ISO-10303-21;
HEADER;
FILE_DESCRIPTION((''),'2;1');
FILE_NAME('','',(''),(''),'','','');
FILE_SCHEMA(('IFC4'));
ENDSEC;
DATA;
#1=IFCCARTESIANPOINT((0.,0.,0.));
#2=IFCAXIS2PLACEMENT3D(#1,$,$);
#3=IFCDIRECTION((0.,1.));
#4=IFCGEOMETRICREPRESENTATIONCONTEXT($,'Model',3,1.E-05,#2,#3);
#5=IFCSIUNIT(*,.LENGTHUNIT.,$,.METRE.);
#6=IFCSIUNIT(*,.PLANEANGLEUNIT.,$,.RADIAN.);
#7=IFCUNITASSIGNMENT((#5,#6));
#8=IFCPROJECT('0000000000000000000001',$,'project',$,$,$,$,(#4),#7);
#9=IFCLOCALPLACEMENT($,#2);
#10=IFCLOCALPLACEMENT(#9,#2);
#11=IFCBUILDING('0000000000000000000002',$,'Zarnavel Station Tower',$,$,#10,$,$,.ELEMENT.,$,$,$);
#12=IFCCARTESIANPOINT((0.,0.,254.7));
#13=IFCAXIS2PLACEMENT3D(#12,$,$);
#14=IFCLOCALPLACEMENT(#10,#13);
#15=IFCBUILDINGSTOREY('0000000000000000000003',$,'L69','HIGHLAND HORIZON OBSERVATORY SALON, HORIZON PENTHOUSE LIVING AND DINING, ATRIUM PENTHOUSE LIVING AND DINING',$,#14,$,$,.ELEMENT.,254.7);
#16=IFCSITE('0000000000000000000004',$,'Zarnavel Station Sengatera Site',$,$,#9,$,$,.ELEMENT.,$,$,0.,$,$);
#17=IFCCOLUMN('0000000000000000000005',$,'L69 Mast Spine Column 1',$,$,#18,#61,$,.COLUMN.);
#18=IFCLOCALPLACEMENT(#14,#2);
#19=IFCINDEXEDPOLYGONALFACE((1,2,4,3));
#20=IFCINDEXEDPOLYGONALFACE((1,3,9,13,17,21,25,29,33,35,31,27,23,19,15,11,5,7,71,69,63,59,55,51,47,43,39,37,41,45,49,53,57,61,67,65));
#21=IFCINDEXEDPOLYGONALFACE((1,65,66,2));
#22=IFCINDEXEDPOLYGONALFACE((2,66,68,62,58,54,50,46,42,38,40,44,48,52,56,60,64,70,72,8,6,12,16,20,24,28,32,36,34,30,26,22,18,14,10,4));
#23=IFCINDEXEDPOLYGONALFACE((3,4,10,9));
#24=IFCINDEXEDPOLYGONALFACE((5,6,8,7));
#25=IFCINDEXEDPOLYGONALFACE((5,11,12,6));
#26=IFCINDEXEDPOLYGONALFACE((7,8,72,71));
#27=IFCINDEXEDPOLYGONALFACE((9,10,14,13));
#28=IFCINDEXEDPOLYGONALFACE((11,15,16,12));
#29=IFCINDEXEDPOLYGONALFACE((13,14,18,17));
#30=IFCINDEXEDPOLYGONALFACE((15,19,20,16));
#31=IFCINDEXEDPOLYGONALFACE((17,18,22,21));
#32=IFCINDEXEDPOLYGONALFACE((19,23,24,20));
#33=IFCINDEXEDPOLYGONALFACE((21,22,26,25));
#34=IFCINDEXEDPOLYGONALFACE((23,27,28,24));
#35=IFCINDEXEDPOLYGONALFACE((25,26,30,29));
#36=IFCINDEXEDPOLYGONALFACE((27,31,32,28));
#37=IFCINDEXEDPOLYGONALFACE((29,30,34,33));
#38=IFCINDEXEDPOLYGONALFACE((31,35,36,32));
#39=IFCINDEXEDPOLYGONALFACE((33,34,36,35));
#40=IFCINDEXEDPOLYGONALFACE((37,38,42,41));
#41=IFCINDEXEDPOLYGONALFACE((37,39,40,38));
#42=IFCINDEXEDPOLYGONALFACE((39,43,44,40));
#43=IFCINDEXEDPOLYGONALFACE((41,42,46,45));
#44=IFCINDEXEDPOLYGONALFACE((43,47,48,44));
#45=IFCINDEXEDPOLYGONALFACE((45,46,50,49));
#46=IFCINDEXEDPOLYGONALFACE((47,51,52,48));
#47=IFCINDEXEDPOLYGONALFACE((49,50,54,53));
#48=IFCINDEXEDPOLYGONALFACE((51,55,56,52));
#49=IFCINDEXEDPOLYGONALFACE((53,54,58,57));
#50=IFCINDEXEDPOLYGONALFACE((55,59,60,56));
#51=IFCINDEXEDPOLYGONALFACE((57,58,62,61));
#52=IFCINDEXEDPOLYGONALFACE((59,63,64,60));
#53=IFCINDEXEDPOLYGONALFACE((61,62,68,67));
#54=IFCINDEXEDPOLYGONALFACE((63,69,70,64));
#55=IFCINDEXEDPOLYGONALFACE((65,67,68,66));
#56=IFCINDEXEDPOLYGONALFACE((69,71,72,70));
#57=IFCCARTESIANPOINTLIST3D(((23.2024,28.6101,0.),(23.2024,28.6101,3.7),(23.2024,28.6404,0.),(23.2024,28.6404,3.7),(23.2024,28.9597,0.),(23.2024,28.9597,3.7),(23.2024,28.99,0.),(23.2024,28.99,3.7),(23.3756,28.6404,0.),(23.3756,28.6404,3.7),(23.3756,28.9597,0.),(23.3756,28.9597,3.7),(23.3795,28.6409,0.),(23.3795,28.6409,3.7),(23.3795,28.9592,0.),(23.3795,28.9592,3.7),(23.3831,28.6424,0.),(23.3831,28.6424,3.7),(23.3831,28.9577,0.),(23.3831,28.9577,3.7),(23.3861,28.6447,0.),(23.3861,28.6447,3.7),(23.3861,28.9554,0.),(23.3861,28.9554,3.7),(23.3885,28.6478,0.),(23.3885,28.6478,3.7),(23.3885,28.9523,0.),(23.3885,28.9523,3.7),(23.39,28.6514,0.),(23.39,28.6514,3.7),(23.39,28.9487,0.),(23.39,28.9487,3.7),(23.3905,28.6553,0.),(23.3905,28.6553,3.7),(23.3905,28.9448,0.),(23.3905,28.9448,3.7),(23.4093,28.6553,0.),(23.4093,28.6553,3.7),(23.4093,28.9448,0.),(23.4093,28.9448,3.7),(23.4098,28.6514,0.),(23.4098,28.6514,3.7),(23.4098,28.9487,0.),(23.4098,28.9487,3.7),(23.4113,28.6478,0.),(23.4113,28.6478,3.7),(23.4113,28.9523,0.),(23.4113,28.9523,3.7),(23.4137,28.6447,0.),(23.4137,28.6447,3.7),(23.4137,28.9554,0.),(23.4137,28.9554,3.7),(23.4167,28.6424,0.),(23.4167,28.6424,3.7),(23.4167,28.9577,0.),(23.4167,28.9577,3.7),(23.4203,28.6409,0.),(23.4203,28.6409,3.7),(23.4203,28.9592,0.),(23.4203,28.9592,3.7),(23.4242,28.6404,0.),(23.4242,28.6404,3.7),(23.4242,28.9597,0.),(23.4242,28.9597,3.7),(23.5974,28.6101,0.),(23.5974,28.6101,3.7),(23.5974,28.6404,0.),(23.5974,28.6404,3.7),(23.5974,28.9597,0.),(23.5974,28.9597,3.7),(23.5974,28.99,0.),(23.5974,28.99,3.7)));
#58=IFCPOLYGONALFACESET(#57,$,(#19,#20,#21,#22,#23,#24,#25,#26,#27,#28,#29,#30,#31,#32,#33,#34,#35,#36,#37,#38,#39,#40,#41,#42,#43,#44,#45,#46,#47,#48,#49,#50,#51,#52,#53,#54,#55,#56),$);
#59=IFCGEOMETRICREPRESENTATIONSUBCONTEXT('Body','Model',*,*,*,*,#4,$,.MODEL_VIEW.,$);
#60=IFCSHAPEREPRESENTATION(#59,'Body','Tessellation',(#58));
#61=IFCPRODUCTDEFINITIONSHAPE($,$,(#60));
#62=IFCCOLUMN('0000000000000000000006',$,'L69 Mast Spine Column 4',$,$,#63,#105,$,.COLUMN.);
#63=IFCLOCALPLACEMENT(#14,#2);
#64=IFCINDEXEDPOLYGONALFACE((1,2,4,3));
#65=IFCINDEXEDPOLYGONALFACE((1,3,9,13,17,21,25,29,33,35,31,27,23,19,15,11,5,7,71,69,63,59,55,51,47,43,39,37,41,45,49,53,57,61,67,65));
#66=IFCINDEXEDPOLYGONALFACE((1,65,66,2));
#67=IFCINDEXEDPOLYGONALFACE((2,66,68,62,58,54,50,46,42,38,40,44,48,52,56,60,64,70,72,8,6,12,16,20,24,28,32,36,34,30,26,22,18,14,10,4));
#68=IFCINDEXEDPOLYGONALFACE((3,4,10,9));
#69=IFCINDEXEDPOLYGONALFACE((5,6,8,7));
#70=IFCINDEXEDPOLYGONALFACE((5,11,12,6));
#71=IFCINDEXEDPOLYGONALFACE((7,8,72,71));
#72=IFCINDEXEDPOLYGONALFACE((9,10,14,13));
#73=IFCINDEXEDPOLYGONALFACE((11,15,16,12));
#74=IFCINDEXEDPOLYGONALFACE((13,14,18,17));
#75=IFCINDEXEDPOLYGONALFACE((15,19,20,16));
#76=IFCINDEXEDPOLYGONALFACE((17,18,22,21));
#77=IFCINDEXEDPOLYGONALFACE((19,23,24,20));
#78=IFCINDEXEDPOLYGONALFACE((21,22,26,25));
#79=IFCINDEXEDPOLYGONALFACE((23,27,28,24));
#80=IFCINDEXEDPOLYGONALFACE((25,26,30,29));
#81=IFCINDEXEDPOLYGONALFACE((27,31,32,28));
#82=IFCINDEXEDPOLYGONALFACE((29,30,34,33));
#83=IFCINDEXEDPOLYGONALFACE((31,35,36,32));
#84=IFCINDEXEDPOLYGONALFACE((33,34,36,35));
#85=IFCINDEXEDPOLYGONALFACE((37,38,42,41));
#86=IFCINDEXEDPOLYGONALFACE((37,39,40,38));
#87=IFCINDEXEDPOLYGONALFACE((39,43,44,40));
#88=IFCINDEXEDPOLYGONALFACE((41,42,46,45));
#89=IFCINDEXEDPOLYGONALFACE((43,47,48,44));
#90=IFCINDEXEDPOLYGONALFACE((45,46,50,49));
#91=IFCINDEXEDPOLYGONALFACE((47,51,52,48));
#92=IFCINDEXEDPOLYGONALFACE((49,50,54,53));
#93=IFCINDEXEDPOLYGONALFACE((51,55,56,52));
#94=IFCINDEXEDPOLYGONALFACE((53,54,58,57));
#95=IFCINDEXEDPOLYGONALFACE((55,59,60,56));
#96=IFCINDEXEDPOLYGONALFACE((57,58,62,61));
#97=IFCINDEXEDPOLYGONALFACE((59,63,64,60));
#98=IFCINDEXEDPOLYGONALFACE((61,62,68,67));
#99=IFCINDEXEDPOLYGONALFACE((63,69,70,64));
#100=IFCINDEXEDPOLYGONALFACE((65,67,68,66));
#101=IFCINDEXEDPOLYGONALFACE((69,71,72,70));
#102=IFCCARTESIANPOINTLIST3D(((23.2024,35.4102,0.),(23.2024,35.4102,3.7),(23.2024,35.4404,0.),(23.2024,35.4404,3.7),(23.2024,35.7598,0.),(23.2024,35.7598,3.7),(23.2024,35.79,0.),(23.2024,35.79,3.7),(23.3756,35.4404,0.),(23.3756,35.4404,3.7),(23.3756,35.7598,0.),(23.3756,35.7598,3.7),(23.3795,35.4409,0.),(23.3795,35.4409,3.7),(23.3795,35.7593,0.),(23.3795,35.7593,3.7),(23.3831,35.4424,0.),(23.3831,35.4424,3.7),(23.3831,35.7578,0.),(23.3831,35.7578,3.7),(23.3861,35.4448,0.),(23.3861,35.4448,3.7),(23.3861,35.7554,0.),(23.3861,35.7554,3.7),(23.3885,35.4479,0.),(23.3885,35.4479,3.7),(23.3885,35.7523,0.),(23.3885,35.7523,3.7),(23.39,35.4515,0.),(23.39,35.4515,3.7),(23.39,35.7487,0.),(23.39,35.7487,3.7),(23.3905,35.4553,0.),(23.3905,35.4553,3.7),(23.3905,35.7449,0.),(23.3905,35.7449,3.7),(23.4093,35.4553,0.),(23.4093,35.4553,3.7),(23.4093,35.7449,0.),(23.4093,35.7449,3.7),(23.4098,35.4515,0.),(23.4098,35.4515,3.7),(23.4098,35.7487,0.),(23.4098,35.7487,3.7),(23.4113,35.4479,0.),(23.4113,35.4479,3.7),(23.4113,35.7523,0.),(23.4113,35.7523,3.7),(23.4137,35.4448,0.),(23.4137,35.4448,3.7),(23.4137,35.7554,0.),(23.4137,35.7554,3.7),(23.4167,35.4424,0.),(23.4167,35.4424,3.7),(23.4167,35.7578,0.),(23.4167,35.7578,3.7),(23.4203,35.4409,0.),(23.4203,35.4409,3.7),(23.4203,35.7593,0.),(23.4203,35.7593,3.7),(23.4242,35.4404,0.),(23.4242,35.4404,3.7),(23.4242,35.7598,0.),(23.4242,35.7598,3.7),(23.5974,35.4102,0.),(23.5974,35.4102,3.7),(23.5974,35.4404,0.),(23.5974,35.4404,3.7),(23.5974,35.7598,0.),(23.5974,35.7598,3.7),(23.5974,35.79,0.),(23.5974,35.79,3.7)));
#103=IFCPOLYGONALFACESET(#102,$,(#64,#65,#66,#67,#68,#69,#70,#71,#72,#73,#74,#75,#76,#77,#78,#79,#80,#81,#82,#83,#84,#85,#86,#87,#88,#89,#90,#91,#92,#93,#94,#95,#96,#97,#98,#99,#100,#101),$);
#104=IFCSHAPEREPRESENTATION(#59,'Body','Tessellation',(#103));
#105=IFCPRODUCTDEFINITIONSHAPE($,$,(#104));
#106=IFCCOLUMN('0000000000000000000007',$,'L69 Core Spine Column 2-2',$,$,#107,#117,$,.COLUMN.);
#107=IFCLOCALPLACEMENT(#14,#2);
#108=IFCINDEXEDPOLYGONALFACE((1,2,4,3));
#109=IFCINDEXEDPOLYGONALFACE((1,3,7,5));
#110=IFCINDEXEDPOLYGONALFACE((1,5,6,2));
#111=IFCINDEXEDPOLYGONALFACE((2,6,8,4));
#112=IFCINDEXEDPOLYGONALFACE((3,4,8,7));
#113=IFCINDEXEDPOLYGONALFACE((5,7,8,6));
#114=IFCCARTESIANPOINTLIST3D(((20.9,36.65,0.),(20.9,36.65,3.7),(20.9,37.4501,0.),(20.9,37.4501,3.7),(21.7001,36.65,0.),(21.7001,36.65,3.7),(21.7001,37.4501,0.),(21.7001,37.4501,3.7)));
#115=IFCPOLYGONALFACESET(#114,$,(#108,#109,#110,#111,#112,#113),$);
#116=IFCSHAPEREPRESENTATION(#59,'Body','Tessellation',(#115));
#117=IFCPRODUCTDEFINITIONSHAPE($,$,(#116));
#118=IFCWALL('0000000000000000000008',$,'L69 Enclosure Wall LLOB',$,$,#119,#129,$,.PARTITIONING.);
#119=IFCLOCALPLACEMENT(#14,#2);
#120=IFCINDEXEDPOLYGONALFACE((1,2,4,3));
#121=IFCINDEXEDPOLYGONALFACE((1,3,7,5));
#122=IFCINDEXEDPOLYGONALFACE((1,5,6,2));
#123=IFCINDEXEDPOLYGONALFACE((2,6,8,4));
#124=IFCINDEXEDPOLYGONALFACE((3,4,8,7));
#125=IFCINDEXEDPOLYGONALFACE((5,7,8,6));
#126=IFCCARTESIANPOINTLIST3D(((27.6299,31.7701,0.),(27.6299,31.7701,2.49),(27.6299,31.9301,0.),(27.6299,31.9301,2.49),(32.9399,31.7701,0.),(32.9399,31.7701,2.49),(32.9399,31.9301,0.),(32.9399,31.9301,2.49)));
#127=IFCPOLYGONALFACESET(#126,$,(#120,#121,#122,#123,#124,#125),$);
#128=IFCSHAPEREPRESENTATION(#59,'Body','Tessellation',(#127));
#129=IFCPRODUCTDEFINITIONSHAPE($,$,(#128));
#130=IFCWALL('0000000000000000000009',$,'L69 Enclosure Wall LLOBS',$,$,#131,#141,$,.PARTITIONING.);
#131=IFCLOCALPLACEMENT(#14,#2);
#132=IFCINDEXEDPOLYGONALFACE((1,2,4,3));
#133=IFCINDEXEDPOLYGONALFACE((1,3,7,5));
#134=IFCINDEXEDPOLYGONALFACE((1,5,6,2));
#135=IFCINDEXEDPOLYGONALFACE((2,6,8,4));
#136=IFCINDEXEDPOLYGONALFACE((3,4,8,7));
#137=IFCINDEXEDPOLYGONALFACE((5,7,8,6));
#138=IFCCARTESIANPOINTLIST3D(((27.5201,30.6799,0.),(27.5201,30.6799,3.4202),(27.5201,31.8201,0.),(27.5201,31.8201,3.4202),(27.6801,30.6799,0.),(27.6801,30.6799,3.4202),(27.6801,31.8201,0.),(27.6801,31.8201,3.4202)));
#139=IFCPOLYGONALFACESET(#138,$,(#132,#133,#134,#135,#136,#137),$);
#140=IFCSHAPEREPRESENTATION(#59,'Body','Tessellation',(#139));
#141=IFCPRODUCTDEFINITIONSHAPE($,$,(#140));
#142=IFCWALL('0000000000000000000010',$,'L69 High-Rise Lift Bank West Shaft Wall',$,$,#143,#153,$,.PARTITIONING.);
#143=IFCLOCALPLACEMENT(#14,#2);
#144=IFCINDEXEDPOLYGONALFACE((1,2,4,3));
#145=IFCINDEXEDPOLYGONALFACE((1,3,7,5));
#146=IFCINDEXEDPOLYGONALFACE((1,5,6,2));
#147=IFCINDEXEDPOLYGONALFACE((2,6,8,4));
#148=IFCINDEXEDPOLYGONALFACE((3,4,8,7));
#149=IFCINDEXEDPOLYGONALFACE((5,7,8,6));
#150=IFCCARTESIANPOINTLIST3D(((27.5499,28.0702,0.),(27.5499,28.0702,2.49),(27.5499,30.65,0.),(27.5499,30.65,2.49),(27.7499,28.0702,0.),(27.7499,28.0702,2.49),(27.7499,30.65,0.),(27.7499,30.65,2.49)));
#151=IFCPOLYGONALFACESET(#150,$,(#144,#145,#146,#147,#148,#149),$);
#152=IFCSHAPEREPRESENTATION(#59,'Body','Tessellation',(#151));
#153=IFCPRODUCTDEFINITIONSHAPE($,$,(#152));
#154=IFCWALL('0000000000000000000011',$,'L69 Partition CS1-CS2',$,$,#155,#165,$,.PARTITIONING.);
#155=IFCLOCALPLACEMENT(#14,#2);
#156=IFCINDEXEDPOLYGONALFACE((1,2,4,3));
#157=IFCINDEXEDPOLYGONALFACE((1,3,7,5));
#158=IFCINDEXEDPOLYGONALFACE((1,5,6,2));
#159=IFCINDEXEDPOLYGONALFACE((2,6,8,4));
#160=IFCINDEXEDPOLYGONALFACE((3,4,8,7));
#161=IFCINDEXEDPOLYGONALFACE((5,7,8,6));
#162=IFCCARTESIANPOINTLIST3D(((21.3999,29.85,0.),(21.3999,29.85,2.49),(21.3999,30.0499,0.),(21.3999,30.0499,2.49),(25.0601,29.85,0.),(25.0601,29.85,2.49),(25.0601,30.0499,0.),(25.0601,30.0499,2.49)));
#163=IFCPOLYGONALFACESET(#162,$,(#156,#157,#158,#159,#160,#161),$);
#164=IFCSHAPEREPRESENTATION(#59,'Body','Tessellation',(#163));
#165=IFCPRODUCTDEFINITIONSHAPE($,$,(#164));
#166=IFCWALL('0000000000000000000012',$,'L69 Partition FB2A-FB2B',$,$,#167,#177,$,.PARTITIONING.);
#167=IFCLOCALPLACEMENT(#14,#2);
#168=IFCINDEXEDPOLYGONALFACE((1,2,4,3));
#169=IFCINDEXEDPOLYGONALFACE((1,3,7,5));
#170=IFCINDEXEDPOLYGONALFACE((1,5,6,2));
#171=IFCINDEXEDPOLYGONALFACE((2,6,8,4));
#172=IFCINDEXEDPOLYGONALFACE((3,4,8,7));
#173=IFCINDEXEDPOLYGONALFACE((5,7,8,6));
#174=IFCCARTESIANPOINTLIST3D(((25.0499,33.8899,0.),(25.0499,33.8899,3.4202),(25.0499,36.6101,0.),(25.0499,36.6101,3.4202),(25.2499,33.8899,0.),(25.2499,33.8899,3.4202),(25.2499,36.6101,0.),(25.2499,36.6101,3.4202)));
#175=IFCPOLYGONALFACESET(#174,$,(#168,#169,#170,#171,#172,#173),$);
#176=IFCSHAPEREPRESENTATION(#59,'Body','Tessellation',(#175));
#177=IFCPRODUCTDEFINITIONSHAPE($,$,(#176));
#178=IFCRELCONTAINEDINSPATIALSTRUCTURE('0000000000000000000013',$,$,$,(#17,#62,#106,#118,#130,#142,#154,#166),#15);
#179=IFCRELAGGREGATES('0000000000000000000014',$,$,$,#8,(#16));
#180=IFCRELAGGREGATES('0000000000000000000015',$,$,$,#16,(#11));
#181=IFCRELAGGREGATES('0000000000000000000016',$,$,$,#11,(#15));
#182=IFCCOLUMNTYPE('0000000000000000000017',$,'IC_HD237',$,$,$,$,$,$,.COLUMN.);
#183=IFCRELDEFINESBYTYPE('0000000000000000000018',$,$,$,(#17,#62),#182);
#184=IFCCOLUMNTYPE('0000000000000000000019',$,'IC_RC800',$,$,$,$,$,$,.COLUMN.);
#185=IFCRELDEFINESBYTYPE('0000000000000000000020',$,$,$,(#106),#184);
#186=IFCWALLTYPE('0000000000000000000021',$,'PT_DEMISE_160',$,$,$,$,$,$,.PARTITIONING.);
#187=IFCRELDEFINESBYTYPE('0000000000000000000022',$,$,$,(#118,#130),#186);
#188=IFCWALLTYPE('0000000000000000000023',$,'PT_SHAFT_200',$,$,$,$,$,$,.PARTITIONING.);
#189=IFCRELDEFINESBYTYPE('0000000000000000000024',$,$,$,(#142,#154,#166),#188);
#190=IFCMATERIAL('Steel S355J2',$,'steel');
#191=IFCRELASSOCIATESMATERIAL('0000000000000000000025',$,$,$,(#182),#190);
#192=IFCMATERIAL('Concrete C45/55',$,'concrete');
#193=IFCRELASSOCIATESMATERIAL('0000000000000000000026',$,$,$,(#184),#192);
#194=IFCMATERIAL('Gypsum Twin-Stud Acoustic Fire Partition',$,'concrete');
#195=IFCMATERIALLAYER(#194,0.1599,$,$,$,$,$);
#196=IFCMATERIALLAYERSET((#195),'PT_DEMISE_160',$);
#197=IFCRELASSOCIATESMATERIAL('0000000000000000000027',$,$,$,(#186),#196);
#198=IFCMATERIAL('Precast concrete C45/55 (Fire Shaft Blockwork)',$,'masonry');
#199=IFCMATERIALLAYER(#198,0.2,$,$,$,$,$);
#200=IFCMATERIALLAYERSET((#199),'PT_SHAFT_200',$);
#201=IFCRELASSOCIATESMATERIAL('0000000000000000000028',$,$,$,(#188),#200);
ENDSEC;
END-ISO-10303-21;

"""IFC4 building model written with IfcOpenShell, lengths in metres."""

from ifc_helpers import new_model, si_unit, direction, frame, frame_2d, origin, origin_2d, place, context, subcontext, project, spatial, rectangle, i_section, extrude, material, layer, layer_set, material_profile, profile_set, type_object, element, save


model = new_model("IFC4")

# Units and contexts
model_context = context("Model", 3, precision=1e-05, world=origin(), true_north=direction((0.0, 1.0)))
body_context = subcontext(model_context, "Body", "Model", "MODEL_VIEW")
ifc_project = project(units=[si_unit("LENGTHUNIT", "METRE"), si_unit("PLANEANGLEUNIT", "RADIAN")], contexts=[model_context])

# Site, building, storey
site_placement = place(None, origin())
site = spatial("IfcSite", under=ifc_project, at=site_placement, Name="Zarnavel Station Sengatera Site", CompositionType="ELEMENT", RefElevation=0.0)
building_placement = place(site_placement, origin())
building = spatial("IfcBuilding", under=site, at=building_placement, Name="Zarnavel Station Tower", CompositionType="ELEMENT")
storey_placement = place(building_placement, frame((0.0, 0.0, 254.7)))
storey = spatial("IfcBuildingStorey", under=building, at=storey_placement, Name="L69", Description="HIGHLAND HORIZON OBSERVATORY SALON, HORIZON PENTHOUSE LIVING AND DINING, ATRIUM PENTHOUSE LIVING AND DINING", CompositionType="ELEMENT", Elevation=254.7)

# Columns
ifc_material_1 = material(Name="Steel S355J2", Category="steel")
ifc_material_profile_1 = material_profile(ifc_material_1, i_section(OverallWidth=0.395, OverallDepth=0.3799, WebThickness=0.0188, FlangeThickness=0.0303, FilletRadius=0.0149, at=origin_2d()), Name="HD400x237")
ifc_profile_set_1 = profile_set([ifc_material_profile_1], Name="Steel S355J2")
column_type_1 = type_object("IfcColumnType", Name="IC_HD237", PredefinedType="COLUMN", material=ifc_profile_set_1)
for number, where, z_axis, x_axis, name in (
    (1, (23.3999, 28.8, 0.0), (0.0, 0.0, 1.0), (1.0, 0.0, 0.0), "L69 Mast Spine Column 1"),
    (2, (23.3999, 35.6001, 0.0), (0.0, 0.0, 1.0), (1.0, 0.0, 0.0), "L69 Mast Spine Column 4"),
):
    element("IfcColumn", number, at=place(storey_placement, frame(where, z_axis=z_axis, x_axis=x_axis)), inside=storey, type_object=column_type_1, Name=name, PredefinedType="COLUMN", context=body_context, shape_type="SweptSolid", body=[
        extrude(i_section(OverallWidth=0.395, OverallDepth=0.3799, WebThickness=0.0188, FlangeThickness=0.0303, FilletRadius=0.0149, at=origin_2d()), origin(), (0.0, 0.0, 1.0), 3.7),
    ])
ifc_material_2 = material(Name="Concrete C45/55", Category="concrete")
ifc_material_profile_2 = material_profile(ifc_material_2, rectangle(XDim=0.8, YDim=0.8, at=origin_2d()), Name="RC800x800")
ifc_profile_set_2 = profile_set([ifc_material_profile_2], Name="Concrete C45/55")
column_type_2 = type_object("IfcColumnType", Name="IC_RC800", PredefinedType="COLUMN", material=ifc_profile_set_2)
column_placement = place(storey_placement, frame((21.3, 37.05, 0.0), z_axis=(0.0, 0.0, 1.0), x_axis=(1.0, 0.0, 0.0)))
element("IfcColumn", 3, at=column_placement, inside=storey, type_object=column_type_2, Name="L69 Core Spine Column 2-2", PredefinedType="COLUMN", context=body_context, shape_type="SweptSolid", body=[
    extrude(rectangle(XDim=0.8, YDim=0.8, at=origin_2d()), origin(), (0.0, 0.0, 1.0), 3.7),
])

# Walls
ifc_material_3 = material(Name="Gypsum Twin-Stud Acoustic Fire Partition", Category="concrete")
ifc_layer_1 = layer(ifc_material_3, 0.1599)
ifc_layer_set_1 = layer_set([ifc_layer_1], Name="PT_DEMISE_160")
wall_type_1 = type_object("IfcWallType", Name="PT_DEMISE_160", PredefinedType="PARTITIONING", material=ifc_layer_set_1)
wall_1_placement = place(storey_placement, frame((27.6299, 31.8501, 0.0), z_axis=(0.0, 0.0, 1.0), x_axis=(1.0, 0.0, 0.0)))
element("IfcWall", 4, at=wall_1_placement, inside=storey, type_object=wall_type_1, Name="L69 Enclosure Wall LLOB", PredefinedType="PARTITIONING", context=body_context, shape_type="SweptSolid", body=[
    extrude(rectangle(XDim=5.3101, YDim=0.1599, at=frame_2d((2.655, 0.0))), origin(), (0.0, 0.0, 1.0), 2.49),
])
wall_2_placement = place(storey_placement, frame((27.6001, 30.6799, 0.0), z_axis=(0.0, 0.0, 1.0), x_axis=(0.0, 1.0, 0.0)))
element("IfcWall", 5, at=wall_2_placement, inside=storey, type_object=wall_type_1, Name="L69 Enclosure Wall LLOBS", PredefinedType="PARTITIONING", context=body_context, shape_type="SweptSolid", body=[
    extrude(rectangle(XDim=1.1401, YDim=0.1599, at=frame_2d((0.5701, 0.0))), origin(), (0.0, 0.0, 1.0), 3.4202),
])
ifc_material_4 = material(Name="Precast concrete C45/55 (Fire Shaft Blockwork)", Category="masonry")
ifc_layer_2 = layer(ifc_material_4, 0.2)
ifc_layer_set_2 = layer_set([ifc_layer_2], Name="PT_SHAFT_200")
wall_type_2 = type_object("IfcWallType", Name="PT_SHAFT_200", PredefinedType="PARTITIONING", material=ifc_layer_set_2)
wall_3_placement = place(storey_placement, frame((27.6499, 28.0701, 0.0), z_axis=(0.0, 0.0, 1.0), x_axis=(0.0, 1.0, 0.0)))
element("IfcWall", 6, at=wall_3_placement, inside=storey, type_object=wall_type_2, Name="L69 High-Rise Lift Bank West Shaft Wall", PredefinedType="PARTITIONING", context=body_context, shape_type="SweptSolid", body=[
    extrude(rectangle(XDim=2.5798, YDim=0.2, at=frame_2d((1.29, 0.0))), origin(), (0.0, 0.0, 1.0), 2.49),
])

# Walls
wall_4_placement = place(storey_placement, frame((21.3999, 29.95, 0.0), z_axis=(0.0, 0.0, 1.0), x_axis=(1.0, 0.0, 0.0)))
element("IfcWall", 7, at=wall_4_placement, inside=storey, type_object=wall_type_2, Name="L69 Partition CS1-CS2", PredefinedType="PARTITIONING", context=body_context, shape_type="SweptSolid", body=[
    extrude(rectangle(XDim=3.6602, YDim=0.2, at=frame_2d((1.8301, 0.0))), origin(), (0.0, 0.0, 1.0), 2.49),
])
wall_5_placement = place(storey_placement, frame((25.1499, 33.8899, 0.0), z_axis=(0.0, 0.0, 1.0), x_axis=(0.0, 1.0, 0.0)))
element("IfcWall", 8, at=wall_5_placement, inside=storey, type_object=wall_type_2, Name="L69 Partition FB2A-FB2B", PredefinedType="PARTITIONING", context=body_context, shape_type="SweptSolid", body=[
    extrude(rectangle(XDim=2.7202, YDim=0.2, at=frame_2d((1.3601, 0.0))), origin(), (0.0, 0.0, 1.0), 3.4202),
])

save(model, "model.ifc")
